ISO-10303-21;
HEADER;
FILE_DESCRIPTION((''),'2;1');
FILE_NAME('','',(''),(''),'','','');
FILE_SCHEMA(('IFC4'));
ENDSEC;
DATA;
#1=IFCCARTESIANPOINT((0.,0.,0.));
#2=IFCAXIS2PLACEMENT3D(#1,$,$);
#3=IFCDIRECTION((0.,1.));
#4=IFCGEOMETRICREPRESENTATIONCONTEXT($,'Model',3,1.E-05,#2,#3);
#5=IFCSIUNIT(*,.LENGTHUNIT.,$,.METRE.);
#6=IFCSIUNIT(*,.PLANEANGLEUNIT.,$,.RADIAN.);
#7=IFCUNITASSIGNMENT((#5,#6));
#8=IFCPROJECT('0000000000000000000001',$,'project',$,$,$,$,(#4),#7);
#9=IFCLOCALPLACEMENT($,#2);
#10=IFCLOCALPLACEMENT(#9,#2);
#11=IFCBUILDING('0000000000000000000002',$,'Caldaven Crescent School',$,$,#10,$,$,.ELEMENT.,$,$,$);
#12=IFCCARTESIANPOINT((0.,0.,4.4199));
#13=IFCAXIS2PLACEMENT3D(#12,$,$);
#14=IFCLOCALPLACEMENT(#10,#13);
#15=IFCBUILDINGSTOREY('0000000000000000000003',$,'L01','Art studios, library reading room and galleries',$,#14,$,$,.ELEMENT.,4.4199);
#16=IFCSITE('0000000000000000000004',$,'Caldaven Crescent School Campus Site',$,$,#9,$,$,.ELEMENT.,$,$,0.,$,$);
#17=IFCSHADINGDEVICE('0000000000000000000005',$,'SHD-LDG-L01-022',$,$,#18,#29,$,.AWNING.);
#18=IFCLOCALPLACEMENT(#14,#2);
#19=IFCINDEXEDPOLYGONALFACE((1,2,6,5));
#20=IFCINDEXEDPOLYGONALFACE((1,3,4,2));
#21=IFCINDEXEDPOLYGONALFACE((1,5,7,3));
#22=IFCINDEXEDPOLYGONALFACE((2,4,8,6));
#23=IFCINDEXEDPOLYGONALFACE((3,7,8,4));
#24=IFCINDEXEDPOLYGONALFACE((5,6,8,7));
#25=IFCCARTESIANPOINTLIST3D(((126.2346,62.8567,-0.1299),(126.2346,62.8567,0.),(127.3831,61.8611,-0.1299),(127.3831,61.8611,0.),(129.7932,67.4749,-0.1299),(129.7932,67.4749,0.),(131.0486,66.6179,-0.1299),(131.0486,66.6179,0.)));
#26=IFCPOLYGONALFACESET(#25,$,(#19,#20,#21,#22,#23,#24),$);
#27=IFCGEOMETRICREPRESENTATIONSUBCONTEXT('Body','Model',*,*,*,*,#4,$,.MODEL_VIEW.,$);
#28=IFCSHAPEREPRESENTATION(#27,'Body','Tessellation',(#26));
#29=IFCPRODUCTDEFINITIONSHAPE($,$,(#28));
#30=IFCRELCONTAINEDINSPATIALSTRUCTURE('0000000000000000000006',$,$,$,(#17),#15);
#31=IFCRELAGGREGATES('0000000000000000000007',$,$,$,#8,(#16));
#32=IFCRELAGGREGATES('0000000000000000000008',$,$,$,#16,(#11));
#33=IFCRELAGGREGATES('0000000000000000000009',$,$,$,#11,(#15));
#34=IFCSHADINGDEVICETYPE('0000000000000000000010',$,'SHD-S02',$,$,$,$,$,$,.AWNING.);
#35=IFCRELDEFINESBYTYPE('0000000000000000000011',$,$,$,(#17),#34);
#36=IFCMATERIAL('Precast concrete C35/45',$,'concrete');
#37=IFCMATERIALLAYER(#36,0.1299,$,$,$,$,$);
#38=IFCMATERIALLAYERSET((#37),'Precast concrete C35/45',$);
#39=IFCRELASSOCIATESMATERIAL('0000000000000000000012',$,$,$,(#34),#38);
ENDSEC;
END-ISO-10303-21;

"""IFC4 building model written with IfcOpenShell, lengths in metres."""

from ifc_helpers import new_model, si_unit, direction, frame, origin, place, context, subcontext, project, spatial, polyline, outline, extrude, material, layer, layer_set, type_object, element, save


model = new_model("IFC4")

# Units and contexts
model_context = context("Model", 3, precision=1e-05, world=origin(), true_north=direction((0.0, 1.0)))
body_context = subcontext(model_context, "Body", "Model", "MODEL_VIEW")
ifc_project = project(units=[si_unit("LENGTHUNIT", "METRE"), si_unit("PLANEANGLEUNIT", "RADIAN")], contexts=[model_context])

# Site, building, storey
site_placement = place(None, origin())
site = spatial("IfcSite", under=ifc_project, at=site_placement, Name="Caldaven Crescent School Campus Site", CompositionType="ELEMENT", RefElevation=0.0)
building_placement = place(site_placement, origin())
building = spatial("IfcBuilding", under=site, at=building_placement, Name="Caldaven Crescent School", CompositionType="ELEMENT")
storey_placement = place(building_placement, frame((0.0, 0.0, 4.4199)))
storey = spatial("IfcBuildingStorey", under=building, at=storey_placement, Name="L01", Description="Art studios, library reading room and galleries", CompositionType="ELEMENT", Elevation=4.4199)

# Shading device
ifc_material_1 = material(Name="Precast concrete C35/45", Category="concrete")
ifc_layer_1 = layer(ifc_material_1, 0.1299)
ifc_layer_set_1 = layer_set([ifc_layer_1], Name="Precast concrete C35/45")
shading_device_type_1 = type_object("IfcShadingDeviceType", Name="SHD-S02", PredefinedType="AWNING", material=ifc_layer_set_1)
shading_device_1_placement = place(storey_placement, frame((0.0, 0.0, -0.1299)))
element("IfcShadingDevice", 1, at=shading_device_1_placement, inside=storey, type_object=shading_device_type_1, Name="SHD-LDG-L01-022", PredefinedType="AWNING", context=body_context, shape_type="SweptSolid", body=[
    extrude(outline(polyline([(126.2346, 62.8567), (129.7932, 67.4749), (131.0486, 66.6179), (127.3831, 61.8611), (126.2346, 62.8567)])), origin(), (0.0, 0.0, 1.0), 0.1299),
])

save(model, "model.ifc")
